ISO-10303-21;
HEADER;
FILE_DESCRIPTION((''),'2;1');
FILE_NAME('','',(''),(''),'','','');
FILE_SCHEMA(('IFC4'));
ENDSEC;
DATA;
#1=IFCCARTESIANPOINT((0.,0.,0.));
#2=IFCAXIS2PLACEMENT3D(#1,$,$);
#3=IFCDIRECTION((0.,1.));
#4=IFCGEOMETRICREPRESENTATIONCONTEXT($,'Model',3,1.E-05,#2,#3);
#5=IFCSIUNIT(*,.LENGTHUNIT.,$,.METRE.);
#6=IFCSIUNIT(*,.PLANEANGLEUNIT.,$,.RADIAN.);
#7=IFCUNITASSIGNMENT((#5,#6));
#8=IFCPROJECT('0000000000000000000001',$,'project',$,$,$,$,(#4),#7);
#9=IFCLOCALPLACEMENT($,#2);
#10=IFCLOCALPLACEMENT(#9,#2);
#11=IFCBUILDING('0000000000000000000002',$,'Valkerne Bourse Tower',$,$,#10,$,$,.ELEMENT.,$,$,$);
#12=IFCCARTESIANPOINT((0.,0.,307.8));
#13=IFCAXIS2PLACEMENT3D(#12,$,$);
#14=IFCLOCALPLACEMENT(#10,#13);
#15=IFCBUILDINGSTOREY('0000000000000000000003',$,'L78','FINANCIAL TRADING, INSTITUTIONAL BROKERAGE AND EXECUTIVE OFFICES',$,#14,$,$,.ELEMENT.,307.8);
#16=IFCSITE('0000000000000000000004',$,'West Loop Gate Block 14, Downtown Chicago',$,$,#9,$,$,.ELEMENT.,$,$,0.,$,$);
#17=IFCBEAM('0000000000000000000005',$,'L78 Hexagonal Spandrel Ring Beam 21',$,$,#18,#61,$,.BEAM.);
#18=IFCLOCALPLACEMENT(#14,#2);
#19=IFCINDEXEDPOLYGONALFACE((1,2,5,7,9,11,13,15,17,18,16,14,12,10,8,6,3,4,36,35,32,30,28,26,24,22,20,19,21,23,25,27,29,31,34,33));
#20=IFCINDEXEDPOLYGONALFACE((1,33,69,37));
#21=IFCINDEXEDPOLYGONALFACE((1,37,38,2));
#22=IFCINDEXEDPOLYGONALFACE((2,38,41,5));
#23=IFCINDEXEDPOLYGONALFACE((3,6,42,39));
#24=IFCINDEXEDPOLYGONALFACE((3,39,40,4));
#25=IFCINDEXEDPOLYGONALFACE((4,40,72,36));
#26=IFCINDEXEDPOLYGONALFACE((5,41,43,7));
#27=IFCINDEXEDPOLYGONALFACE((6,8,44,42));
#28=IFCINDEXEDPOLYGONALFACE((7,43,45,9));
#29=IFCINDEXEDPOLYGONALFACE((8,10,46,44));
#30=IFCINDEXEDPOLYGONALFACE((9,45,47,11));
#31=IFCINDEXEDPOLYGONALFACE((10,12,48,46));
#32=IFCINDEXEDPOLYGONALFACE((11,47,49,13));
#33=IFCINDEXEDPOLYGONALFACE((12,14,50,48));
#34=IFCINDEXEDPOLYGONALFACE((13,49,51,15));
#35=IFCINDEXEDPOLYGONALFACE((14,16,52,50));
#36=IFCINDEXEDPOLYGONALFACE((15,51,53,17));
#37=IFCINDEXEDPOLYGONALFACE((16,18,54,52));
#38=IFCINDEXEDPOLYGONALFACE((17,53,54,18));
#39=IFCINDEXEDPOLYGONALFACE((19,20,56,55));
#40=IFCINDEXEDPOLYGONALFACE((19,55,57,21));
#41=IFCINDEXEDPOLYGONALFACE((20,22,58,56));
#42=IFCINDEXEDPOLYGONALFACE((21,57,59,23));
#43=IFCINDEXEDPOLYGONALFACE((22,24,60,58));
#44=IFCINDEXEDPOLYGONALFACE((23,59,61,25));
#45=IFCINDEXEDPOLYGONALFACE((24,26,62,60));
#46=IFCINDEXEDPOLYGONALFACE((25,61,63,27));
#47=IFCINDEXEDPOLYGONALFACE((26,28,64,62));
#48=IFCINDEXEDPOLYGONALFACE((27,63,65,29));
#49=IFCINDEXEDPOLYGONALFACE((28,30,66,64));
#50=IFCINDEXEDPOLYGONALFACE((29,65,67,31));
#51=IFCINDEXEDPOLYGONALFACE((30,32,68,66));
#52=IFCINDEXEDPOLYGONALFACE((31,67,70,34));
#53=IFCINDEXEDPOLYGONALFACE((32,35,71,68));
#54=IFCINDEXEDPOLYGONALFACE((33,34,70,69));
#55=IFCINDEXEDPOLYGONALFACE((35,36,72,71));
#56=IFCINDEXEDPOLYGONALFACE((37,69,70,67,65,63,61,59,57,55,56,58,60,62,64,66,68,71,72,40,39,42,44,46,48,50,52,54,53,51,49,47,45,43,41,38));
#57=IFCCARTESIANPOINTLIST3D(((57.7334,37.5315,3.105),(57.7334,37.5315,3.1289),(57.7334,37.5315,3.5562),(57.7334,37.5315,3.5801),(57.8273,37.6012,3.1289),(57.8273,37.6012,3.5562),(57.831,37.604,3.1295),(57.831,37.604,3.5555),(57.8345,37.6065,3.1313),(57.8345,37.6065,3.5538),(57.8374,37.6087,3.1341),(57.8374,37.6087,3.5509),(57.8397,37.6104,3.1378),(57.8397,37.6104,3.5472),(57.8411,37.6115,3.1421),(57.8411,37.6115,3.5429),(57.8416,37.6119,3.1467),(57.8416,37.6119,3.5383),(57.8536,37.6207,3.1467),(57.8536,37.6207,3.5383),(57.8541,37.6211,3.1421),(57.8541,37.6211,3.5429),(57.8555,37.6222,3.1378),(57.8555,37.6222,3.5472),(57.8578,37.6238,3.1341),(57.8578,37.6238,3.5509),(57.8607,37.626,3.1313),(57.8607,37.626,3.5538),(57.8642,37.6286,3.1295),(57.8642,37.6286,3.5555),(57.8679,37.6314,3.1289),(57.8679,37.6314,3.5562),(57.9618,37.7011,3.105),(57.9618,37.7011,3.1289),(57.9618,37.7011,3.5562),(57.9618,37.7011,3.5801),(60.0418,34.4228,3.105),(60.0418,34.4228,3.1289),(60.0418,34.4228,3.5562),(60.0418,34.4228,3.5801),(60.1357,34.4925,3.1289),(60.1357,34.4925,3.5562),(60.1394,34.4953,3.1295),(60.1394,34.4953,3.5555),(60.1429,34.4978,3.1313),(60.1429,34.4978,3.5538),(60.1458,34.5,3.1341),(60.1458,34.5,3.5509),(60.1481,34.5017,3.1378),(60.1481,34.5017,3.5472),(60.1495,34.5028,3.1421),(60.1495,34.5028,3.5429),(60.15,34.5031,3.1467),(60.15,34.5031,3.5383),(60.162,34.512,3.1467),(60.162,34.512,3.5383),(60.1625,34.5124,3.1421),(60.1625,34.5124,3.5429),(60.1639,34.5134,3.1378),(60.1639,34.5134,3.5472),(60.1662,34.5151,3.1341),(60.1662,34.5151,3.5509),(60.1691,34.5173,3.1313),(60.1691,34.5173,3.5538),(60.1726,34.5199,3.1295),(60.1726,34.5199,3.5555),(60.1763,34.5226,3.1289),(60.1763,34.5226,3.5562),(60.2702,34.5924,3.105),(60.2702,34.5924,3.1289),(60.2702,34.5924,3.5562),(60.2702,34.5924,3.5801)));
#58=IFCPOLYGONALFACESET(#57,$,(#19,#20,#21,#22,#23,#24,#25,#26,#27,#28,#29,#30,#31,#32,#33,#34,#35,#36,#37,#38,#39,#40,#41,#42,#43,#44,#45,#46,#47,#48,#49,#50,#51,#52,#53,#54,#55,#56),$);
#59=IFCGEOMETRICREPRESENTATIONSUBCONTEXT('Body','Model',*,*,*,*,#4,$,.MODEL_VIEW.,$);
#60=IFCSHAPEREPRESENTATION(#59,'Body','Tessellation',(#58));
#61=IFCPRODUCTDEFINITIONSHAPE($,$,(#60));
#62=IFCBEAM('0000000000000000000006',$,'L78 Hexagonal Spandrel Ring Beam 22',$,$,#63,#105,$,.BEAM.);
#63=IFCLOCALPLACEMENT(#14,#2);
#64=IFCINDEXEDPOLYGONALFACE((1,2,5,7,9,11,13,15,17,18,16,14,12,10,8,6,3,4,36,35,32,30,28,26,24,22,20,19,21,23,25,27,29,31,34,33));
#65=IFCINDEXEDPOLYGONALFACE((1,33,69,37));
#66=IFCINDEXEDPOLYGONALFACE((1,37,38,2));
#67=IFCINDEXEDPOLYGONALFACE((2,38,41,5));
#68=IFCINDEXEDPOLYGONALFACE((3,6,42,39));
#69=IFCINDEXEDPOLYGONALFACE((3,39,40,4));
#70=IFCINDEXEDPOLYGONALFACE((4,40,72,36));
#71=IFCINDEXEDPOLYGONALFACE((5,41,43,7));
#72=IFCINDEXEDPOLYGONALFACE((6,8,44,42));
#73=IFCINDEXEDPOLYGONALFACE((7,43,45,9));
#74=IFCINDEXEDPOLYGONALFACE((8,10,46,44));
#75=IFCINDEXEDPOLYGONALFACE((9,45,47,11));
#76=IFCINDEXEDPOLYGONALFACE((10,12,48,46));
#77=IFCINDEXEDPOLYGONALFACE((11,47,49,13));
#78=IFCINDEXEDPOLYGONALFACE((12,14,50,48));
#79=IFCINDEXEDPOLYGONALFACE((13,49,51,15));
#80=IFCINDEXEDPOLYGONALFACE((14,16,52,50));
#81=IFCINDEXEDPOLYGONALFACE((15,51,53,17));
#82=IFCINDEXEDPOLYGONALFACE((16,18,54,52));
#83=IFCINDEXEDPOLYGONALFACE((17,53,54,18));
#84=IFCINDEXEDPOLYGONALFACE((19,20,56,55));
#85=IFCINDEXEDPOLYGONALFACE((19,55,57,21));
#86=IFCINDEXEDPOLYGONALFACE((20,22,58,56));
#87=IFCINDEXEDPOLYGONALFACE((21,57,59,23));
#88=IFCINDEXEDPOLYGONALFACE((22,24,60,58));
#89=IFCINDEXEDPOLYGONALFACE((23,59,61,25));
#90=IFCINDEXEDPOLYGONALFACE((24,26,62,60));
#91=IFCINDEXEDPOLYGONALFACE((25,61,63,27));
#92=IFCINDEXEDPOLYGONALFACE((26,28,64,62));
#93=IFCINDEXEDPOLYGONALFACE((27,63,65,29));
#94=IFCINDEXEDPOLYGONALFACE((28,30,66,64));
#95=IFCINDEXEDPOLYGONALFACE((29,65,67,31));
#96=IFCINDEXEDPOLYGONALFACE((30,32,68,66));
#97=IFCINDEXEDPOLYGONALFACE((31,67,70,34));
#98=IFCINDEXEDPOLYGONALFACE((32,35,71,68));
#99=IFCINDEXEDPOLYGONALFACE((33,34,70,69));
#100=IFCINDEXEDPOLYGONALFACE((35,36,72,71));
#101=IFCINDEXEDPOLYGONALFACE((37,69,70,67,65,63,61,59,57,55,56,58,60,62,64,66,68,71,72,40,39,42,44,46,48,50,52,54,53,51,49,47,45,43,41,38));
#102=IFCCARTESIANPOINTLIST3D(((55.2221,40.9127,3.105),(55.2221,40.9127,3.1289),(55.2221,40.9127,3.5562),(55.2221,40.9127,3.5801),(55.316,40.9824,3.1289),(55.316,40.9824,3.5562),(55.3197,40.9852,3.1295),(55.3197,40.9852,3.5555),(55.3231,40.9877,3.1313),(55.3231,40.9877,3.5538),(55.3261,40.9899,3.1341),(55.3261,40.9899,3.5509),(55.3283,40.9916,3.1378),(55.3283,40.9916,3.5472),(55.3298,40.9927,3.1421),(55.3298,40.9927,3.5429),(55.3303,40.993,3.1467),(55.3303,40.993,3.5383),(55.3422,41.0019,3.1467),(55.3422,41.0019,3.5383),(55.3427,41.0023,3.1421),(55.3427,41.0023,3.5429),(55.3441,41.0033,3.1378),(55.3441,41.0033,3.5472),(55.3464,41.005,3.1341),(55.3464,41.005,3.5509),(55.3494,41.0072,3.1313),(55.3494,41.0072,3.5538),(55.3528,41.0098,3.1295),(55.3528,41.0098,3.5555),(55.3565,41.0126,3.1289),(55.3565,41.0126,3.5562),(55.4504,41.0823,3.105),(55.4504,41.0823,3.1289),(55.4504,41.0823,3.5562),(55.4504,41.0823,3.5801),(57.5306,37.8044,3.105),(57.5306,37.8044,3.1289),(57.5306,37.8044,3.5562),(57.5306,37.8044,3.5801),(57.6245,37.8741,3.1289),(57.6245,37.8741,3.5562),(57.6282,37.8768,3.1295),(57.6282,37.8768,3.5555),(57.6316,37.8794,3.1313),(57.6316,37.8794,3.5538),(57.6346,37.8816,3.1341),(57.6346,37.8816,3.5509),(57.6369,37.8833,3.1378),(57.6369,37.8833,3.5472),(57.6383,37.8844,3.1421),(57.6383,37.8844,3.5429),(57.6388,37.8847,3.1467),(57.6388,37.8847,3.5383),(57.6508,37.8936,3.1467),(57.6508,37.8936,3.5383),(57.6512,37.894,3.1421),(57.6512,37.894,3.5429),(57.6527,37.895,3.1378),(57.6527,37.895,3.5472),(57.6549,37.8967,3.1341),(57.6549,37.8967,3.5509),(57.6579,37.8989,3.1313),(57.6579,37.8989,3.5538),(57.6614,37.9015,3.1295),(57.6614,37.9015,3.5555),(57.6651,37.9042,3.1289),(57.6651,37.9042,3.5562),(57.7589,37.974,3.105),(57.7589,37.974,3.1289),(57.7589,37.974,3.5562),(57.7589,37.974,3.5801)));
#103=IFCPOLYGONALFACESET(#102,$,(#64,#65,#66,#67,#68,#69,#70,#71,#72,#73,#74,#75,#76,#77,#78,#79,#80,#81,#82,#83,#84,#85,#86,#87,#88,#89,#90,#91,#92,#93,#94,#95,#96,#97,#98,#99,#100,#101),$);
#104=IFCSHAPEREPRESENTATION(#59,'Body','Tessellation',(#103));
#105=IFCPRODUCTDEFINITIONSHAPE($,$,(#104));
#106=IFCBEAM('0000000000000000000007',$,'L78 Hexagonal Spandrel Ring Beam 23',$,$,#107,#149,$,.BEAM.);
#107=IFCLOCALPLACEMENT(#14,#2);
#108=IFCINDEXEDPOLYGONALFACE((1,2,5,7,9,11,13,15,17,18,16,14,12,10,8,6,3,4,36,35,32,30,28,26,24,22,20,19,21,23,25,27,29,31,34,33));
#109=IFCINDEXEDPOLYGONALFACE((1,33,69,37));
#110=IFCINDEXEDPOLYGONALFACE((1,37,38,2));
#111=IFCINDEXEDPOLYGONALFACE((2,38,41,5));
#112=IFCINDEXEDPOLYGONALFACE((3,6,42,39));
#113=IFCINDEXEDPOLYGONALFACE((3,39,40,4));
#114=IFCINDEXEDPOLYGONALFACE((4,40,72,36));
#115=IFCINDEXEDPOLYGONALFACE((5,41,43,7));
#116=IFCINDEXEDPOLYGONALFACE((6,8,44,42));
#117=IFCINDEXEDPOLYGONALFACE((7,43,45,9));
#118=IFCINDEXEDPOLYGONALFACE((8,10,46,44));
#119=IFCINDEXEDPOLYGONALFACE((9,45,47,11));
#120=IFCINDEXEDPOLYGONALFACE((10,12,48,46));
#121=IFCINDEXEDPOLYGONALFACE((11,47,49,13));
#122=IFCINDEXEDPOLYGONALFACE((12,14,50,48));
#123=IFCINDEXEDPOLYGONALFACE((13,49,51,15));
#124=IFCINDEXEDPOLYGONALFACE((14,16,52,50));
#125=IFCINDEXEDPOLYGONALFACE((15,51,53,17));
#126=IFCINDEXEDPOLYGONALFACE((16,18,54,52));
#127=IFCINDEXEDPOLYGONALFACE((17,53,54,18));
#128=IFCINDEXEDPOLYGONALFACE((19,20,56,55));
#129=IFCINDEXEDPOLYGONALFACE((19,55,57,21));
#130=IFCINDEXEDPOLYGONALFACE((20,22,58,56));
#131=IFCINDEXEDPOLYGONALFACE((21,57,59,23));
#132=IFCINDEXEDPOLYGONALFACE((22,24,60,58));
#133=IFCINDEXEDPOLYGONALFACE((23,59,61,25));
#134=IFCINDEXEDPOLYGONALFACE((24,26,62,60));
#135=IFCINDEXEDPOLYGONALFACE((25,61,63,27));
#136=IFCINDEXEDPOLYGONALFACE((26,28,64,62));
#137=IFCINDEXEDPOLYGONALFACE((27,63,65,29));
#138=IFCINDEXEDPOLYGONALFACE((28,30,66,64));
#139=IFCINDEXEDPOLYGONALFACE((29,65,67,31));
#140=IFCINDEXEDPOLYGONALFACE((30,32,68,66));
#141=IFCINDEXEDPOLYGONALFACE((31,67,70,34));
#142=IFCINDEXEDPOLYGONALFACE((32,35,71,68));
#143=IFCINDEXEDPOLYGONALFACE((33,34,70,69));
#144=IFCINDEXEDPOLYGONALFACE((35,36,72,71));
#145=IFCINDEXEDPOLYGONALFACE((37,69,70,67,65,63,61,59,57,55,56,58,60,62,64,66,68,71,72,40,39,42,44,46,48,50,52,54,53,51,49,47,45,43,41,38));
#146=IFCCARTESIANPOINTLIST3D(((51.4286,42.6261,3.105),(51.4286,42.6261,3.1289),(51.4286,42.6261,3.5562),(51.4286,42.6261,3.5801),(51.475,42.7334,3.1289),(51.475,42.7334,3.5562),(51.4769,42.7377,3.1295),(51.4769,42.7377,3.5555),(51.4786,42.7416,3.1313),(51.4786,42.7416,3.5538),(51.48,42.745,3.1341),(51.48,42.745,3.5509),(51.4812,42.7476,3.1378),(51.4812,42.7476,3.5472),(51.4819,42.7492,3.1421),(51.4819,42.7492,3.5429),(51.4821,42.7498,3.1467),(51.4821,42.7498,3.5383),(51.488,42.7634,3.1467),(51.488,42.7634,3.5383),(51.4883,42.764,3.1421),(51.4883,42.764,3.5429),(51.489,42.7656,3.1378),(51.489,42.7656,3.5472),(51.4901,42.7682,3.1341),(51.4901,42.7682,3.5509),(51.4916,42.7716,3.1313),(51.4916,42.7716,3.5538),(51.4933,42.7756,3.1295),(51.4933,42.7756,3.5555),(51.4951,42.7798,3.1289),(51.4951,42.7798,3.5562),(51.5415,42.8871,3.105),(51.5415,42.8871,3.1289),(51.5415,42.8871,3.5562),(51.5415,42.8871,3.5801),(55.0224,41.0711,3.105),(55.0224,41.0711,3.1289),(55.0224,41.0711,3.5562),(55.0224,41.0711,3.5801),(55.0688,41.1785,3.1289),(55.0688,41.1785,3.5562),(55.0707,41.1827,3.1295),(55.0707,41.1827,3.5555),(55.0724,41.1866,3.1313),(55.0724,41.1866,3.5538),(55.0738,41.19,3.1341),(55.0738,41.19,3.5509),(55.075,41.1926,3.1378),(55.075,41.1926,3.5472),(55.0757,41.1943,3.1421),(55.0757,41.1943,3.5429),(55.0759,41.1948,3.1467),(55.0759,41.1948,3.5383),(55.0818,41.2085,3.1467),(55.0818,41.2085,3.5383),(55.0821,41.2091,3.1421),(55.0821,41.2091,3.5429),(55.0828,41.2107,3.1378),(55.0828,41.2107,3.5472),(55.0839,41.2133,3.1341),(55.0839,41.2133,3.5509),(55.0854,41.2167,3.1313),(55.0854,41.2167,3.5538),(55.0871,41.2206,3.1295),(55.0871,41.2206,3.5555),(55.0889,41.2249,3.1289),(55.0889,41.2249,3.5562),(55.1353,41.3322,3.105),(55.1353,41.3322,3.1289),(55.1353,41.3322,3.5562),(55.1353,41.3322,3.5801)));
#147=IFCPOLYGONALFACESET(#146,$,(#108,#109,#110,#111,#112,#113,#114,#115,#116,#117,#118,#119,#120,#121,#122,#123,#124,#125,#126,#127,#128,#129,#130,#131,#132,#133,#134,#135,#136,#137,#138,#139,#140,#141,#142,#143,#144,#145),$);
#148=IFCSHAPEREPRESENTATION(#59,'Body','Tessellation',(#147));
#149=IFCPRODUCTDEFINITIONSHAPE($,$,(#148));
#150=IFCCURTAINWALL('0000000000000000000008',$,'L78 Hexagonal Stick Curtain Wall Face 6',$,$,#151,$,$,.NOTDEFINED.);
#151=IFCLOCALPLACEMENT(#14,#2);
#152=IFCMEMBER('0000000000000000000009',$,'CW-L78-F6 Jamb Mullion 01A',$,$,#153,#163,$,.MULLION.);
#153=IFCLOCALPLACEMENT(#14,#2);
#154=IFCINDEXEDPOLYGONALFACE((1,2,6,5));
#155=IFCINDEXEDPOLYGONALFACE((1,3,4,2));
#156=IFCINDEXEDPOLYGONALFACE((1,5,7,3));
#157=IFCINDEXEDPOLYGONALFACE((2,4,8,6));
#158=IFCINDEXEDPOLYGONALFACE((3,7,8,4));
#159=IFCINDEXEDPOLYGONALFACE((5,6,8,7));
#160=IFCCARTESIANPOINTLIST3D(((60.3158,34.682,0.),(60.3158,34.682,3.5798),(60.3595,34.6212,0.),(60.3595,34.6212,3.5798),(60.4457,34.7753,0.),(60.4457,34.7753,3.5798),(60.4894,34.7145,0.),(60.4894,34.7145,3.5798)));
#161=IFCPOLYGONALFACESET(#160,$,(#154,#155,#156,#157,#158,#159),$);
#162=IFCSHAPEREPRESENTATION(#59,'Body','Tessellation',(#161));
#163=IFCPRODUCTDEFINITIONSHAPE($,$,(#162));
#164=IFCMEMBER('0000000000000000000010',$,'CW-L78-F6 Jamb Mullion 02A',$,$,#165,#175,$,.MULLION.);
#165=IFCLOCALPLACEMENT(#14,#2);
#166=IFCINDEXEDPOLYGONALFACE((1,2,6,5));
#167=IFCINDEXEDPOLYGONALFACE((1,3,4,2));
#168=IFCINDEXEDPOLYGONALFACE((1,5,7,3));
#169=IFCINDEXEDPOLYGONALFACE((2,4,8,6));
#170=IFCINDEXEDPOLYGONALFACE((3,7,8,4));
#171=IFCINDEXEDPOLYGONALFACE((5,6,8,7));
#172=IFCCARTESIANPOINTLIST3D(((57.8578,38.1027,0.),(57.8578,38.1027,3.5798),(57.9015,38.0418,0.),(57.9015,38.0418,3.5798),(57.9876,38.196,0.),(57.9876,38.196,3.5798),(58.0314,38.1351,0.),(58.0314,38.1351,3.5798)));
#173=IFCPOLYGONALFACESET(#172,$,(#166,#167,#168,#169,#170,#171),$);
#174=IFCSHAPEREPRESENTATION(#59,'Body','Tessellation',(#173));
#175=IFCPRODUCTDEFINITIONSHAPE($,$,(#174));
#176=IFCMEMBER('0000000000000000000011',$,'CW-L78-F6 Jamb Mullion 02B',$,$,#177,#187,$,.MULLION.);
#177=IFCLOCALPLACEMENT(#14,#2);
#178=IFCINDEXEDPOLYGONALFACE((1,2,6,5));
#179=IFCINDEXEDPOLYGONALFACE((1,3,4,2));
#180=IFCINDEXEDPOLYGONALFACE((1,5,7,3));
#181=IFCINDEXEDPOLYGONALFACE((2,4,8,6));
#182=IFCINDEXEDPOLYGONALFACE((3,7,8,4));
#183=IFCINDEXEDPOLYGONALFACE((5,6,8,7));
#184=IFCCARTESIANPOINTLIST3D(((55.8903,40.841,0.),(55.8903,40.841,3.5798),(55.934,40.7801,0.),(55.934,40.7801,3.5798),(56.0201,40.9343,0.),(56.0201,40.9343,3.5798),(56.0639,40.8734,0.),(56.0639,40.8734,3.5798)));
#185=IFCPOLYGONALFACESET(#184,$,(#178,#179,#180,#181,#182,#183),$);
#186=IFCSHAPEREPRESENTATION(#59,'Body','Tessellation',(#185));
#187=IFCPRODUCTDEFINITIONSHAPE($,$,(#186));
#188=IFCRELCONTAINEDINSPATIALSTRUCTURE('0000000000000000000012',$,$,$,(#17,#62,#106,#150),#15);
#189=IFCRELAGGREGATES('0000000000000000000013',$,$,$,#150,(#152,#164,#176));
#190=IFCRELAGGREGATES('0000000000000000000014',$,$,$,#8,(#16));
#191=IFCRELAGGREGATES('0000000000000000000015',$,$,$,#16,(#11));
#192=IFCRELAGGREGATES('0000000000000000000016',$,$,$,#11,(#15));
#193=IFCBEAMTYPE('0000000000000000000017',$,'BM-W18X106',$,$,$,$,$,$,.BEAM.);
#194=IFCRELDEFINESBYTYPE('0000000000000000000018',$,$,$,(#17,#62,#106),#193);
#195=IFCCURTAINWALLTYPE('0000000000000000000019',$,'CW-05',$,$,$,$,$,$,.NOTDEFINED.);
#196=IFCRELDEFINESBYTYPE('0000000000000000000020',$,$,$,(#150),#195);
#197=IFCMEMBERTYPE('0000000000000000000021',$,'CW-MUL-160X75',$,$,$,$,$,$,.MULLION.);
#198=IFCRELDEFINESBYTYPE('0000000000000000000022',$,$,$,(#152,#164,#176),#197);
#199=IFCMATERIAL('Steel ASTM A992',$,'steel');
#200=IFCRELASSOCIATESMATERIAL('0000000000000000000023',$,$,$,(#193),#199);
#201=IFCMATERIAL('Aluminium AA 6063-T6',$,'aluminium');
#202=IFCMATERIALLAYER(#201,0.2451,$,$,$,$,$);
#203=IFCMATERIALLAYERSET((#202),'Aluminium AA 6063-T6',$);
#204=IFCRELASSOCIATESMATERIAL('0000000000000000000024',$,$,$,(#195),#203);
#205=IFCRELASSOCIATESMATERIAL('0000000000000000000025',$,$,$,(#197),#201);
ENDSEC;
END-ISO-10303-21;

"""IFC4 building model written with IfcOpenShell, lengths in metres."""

from ifc_helpers import new_model, si_unit, direction, frame, origin, origin_2d, place, context, subcontext, project, spatial, rectangle, i_section, extrude, material, layer, layer_set, material_profile, profile_set, type_object, element, aggregate, save


model = new_model("IFC4")

# Units and contexts
model_context = context("Model", 3, precision=1e-05, world=origin(), true_north=direction((0.0, 1.0)))
body_context = subcontext(model_context, "Body", "Model", "MODEL_VIEW")
ifc_project = project(units=[si_unit("LENGTHUNIT", "METRE"), si_unit("PLANEANGLEUNIT", "RADIAN")], contexts=[model_context])

# Site, building, storey
site_placement = place(None, origin())
site = spatial("IfcSite", under=ifc_project, at=site_placement, Name="West Loop Gate Block 14, Downtown Chicago", CompositionType="ELEMENT", RefElevation=0.0)
building_placement = place(site_placement, origin())
building = spatial("IfcBuilding", under=site, at=building_placement, Name="Valkerne Bourse Tower", CompositionType="ELEMENT")
storey_placement = place(building_placement, frame((0.0, 0.0, 307.8)))
storey = spatial("IfcBuildingStorey", under=building, at=storey_placement, Name="L78", Description="FINANCIAL TRADING, INSTITUTIONAL BROKERAGE AND EXECUTIVE OFFICES", CompositionType="ELEMENT", Elevation=307.8)

# Beams
ifc_material_1 = material(Name="Steel ASTM A992", Category="steel")
ifc_material_profile_1 = material_profile(ifc_material_1, i_section(OverallWidth=0.2844, OverallDepth=0.4751, WebThickness=0.0149, FlangeThickness=0.0239, FilletRadius=0.0178, at=origin_2d()), Name="W18X106")
ifc_profile_set_1 = profile_set([ifc_material_profile_1], Name="Steel ASTM A992")
beam_type = type_object("IfcBeamType", Name="BM-W18X106", PredefinedType="BEAM", material=ifc_profile_set_1)
beam_1_placement = place(storey_placement, frame((60.156, 34.5076, 3.3425), z_axis=(-0.59617, 0.802859, 0.0), x_axis=(-0.802859, -0.59617, 0.0)))
element("IfcBeam", 1, at=beam_1_placement, inside=storey, type_object=beam_type, Name="L78 Hexagonal Spandrel Ring Beam 21", PredefinedType="BEAM", context=body_context, shape_type="SweptSolid", body=[
    extrude(i_section(OverallWidth=0.2844, OverallDepth=0.4751, WebThickness=0.0149, FlangeThickness=0.0239, FilletRadius=0.0178, at=origin_2d()), origin(), (0.0, 0.0, 1.0), 3.8721),
])
beam_2_placement = place(storey_placement, frame((57.6448, 37.8892, 3.3425), z_axis=(-0.59624, 0.802806, 0.0), x_axis=(-0.802806, -0.59624, 0.0)))
element("IfcBeam", 2, at=beam_2_placement, inside=storey, type_object=beam_type, Name="L78 Hexagonal Spandrel Ring Beam 22", PredefinedType="BEAM", context=body_context, shape_type="SweptSolid", body=[
    extrude(i_section(OverallWidth=0.2844, OverallDepth=0.4751, WebThickness=0.0149, FlangeThickness=0.0239, FilletRadius=0.0178, at=origin_2d()), origin(), (0.0, 0.0, 1.0), 3.8718),
])
beam_3_placement = place(storey_placement, frame((55.0789, 41.2017, 3.3425), z_axis=(-0.917775, 0.3971, 0.0), x_axis=(-0.3971, -0.917775, 0.0)))
element("IfcBeam", 3, at=beam_3_placement, inside=storey, type_object=beam_type, Name="L78 Hexagonal Spandrel Ring Beam 23", PredefinedType="BEAM", context=body_context, shape_type="SweptSolid", body=[
    extrude(i_section(OverallWidth=0.2844, OverallDepth=0.4751, WebThickness=0.0149, FlangeThickness=0.0239, FilletRadius=0.0178, at=origin_2d()), origin(), (0.0, 0.0, 1.0), 3.9158),
])

# Curtain wall, members
ifc_material_2 = material(Name="Aluminium AA 6063-T6", Category="aluminium")
ifc_layer_1 = layer(ifc_material_2, 0.2451)
ifc_layer_set_1 = layer_set([ifc_layer_1], Name="Aluminium AA 6063-T6")
curtain_wall_type = type_object("IfcCurtainWallType", Name="CW-05", PredefinedType="NOTDEFINED", material=ifc_layer_set_1)
curtain_wall_1_placement = place(storey_placement, origin())
curtain_wall_1 = element("IfcCurtainWall", 4, at=curtain_wall_1_placement, inside=storey, type_object=curtain_wall_type, Name="L78 Hexagonal Stick Curtain Wall Face 6", PredefinedType="NOTDEFINED")
ifc_material_profile_2 = material_profile(ifc_material_2, rectangle(XDim=0.075, YDim=0.1599, at=origin_2d()), Name="CWM-75X160")
ifc_profile_set_2 = profile_set([ifc_material_profile_2], Name="Aluminium AA 6063-T6")
member_type_1 = type_object("IfcMemberType", Name="CW-MUL-160X75", PredefinedType="MULLION", material=ifc_profile_set_2)
member_1_placement = place(storey_placement, frame((60.4026, 34.6982, 0.0), z_axis=(0.0, 0.0, 1.0), x_axis=(-0.583545, 0.812081, 0.0)))
member_1 = element("IfcMember", 5, at=member_1_placement, type_object=member_type_1, Name="CW-L78-F6 Jamb Mullion 01A", PredefinedType="MULLION", context=body_context, shape_type="SweptSolid", body=[
    extrude(rectangle(XDim=0.075, YDim=0.1599, at=origin_2d()), origin(), (0.0, 0.0, 1.0), 3.5798),
])
member_2_placement = place(storey_placement, frame((57.9446, 38.1189, 0.0), z_axis=(0.0, 0.0, 1.0), x_axis=(-0.583545, 0.812081, 0.0)))
member_2 = element("IfcMember", 6, at=member_2_placement, type_object=member_type_1, Name="CW-L78-F6 Jamb Mullion 02A", PredefinedType="MULLION", context=body_context, shape_type="SweptSolid", body=[
    extrude(rectangle(XDim=0.075, YDim=0.1599, at=origin_2d()), origin(), (0.0, 0.0, 1.0), 3.5798),
])
member_3_placement = place(storey_placement, frame((55.9771, 40.8572, 0.0), z_axis=(0.0, 0.0, 1.0), x_axis=(-0.583545, 0.812081, 0.0)))
member_3 = element("IfcMember", 7, at=member_3_placement, type_object=member_type_1, Name="CW-L78-F6 Jamb Mullion 02B", PredefinedType="MULLION", context=body_context, shape_type="SweptSolid", body=[
    extrude(rectangle(XDim=0.075, YDim=0.1599, at=origin_2d()), origin(), (0.0, 0.0, 1.0), 3.5798),
])

aggregate(curtain_wall_1, [member_1, member_2, member_3])

save(model, "model.ifc")
